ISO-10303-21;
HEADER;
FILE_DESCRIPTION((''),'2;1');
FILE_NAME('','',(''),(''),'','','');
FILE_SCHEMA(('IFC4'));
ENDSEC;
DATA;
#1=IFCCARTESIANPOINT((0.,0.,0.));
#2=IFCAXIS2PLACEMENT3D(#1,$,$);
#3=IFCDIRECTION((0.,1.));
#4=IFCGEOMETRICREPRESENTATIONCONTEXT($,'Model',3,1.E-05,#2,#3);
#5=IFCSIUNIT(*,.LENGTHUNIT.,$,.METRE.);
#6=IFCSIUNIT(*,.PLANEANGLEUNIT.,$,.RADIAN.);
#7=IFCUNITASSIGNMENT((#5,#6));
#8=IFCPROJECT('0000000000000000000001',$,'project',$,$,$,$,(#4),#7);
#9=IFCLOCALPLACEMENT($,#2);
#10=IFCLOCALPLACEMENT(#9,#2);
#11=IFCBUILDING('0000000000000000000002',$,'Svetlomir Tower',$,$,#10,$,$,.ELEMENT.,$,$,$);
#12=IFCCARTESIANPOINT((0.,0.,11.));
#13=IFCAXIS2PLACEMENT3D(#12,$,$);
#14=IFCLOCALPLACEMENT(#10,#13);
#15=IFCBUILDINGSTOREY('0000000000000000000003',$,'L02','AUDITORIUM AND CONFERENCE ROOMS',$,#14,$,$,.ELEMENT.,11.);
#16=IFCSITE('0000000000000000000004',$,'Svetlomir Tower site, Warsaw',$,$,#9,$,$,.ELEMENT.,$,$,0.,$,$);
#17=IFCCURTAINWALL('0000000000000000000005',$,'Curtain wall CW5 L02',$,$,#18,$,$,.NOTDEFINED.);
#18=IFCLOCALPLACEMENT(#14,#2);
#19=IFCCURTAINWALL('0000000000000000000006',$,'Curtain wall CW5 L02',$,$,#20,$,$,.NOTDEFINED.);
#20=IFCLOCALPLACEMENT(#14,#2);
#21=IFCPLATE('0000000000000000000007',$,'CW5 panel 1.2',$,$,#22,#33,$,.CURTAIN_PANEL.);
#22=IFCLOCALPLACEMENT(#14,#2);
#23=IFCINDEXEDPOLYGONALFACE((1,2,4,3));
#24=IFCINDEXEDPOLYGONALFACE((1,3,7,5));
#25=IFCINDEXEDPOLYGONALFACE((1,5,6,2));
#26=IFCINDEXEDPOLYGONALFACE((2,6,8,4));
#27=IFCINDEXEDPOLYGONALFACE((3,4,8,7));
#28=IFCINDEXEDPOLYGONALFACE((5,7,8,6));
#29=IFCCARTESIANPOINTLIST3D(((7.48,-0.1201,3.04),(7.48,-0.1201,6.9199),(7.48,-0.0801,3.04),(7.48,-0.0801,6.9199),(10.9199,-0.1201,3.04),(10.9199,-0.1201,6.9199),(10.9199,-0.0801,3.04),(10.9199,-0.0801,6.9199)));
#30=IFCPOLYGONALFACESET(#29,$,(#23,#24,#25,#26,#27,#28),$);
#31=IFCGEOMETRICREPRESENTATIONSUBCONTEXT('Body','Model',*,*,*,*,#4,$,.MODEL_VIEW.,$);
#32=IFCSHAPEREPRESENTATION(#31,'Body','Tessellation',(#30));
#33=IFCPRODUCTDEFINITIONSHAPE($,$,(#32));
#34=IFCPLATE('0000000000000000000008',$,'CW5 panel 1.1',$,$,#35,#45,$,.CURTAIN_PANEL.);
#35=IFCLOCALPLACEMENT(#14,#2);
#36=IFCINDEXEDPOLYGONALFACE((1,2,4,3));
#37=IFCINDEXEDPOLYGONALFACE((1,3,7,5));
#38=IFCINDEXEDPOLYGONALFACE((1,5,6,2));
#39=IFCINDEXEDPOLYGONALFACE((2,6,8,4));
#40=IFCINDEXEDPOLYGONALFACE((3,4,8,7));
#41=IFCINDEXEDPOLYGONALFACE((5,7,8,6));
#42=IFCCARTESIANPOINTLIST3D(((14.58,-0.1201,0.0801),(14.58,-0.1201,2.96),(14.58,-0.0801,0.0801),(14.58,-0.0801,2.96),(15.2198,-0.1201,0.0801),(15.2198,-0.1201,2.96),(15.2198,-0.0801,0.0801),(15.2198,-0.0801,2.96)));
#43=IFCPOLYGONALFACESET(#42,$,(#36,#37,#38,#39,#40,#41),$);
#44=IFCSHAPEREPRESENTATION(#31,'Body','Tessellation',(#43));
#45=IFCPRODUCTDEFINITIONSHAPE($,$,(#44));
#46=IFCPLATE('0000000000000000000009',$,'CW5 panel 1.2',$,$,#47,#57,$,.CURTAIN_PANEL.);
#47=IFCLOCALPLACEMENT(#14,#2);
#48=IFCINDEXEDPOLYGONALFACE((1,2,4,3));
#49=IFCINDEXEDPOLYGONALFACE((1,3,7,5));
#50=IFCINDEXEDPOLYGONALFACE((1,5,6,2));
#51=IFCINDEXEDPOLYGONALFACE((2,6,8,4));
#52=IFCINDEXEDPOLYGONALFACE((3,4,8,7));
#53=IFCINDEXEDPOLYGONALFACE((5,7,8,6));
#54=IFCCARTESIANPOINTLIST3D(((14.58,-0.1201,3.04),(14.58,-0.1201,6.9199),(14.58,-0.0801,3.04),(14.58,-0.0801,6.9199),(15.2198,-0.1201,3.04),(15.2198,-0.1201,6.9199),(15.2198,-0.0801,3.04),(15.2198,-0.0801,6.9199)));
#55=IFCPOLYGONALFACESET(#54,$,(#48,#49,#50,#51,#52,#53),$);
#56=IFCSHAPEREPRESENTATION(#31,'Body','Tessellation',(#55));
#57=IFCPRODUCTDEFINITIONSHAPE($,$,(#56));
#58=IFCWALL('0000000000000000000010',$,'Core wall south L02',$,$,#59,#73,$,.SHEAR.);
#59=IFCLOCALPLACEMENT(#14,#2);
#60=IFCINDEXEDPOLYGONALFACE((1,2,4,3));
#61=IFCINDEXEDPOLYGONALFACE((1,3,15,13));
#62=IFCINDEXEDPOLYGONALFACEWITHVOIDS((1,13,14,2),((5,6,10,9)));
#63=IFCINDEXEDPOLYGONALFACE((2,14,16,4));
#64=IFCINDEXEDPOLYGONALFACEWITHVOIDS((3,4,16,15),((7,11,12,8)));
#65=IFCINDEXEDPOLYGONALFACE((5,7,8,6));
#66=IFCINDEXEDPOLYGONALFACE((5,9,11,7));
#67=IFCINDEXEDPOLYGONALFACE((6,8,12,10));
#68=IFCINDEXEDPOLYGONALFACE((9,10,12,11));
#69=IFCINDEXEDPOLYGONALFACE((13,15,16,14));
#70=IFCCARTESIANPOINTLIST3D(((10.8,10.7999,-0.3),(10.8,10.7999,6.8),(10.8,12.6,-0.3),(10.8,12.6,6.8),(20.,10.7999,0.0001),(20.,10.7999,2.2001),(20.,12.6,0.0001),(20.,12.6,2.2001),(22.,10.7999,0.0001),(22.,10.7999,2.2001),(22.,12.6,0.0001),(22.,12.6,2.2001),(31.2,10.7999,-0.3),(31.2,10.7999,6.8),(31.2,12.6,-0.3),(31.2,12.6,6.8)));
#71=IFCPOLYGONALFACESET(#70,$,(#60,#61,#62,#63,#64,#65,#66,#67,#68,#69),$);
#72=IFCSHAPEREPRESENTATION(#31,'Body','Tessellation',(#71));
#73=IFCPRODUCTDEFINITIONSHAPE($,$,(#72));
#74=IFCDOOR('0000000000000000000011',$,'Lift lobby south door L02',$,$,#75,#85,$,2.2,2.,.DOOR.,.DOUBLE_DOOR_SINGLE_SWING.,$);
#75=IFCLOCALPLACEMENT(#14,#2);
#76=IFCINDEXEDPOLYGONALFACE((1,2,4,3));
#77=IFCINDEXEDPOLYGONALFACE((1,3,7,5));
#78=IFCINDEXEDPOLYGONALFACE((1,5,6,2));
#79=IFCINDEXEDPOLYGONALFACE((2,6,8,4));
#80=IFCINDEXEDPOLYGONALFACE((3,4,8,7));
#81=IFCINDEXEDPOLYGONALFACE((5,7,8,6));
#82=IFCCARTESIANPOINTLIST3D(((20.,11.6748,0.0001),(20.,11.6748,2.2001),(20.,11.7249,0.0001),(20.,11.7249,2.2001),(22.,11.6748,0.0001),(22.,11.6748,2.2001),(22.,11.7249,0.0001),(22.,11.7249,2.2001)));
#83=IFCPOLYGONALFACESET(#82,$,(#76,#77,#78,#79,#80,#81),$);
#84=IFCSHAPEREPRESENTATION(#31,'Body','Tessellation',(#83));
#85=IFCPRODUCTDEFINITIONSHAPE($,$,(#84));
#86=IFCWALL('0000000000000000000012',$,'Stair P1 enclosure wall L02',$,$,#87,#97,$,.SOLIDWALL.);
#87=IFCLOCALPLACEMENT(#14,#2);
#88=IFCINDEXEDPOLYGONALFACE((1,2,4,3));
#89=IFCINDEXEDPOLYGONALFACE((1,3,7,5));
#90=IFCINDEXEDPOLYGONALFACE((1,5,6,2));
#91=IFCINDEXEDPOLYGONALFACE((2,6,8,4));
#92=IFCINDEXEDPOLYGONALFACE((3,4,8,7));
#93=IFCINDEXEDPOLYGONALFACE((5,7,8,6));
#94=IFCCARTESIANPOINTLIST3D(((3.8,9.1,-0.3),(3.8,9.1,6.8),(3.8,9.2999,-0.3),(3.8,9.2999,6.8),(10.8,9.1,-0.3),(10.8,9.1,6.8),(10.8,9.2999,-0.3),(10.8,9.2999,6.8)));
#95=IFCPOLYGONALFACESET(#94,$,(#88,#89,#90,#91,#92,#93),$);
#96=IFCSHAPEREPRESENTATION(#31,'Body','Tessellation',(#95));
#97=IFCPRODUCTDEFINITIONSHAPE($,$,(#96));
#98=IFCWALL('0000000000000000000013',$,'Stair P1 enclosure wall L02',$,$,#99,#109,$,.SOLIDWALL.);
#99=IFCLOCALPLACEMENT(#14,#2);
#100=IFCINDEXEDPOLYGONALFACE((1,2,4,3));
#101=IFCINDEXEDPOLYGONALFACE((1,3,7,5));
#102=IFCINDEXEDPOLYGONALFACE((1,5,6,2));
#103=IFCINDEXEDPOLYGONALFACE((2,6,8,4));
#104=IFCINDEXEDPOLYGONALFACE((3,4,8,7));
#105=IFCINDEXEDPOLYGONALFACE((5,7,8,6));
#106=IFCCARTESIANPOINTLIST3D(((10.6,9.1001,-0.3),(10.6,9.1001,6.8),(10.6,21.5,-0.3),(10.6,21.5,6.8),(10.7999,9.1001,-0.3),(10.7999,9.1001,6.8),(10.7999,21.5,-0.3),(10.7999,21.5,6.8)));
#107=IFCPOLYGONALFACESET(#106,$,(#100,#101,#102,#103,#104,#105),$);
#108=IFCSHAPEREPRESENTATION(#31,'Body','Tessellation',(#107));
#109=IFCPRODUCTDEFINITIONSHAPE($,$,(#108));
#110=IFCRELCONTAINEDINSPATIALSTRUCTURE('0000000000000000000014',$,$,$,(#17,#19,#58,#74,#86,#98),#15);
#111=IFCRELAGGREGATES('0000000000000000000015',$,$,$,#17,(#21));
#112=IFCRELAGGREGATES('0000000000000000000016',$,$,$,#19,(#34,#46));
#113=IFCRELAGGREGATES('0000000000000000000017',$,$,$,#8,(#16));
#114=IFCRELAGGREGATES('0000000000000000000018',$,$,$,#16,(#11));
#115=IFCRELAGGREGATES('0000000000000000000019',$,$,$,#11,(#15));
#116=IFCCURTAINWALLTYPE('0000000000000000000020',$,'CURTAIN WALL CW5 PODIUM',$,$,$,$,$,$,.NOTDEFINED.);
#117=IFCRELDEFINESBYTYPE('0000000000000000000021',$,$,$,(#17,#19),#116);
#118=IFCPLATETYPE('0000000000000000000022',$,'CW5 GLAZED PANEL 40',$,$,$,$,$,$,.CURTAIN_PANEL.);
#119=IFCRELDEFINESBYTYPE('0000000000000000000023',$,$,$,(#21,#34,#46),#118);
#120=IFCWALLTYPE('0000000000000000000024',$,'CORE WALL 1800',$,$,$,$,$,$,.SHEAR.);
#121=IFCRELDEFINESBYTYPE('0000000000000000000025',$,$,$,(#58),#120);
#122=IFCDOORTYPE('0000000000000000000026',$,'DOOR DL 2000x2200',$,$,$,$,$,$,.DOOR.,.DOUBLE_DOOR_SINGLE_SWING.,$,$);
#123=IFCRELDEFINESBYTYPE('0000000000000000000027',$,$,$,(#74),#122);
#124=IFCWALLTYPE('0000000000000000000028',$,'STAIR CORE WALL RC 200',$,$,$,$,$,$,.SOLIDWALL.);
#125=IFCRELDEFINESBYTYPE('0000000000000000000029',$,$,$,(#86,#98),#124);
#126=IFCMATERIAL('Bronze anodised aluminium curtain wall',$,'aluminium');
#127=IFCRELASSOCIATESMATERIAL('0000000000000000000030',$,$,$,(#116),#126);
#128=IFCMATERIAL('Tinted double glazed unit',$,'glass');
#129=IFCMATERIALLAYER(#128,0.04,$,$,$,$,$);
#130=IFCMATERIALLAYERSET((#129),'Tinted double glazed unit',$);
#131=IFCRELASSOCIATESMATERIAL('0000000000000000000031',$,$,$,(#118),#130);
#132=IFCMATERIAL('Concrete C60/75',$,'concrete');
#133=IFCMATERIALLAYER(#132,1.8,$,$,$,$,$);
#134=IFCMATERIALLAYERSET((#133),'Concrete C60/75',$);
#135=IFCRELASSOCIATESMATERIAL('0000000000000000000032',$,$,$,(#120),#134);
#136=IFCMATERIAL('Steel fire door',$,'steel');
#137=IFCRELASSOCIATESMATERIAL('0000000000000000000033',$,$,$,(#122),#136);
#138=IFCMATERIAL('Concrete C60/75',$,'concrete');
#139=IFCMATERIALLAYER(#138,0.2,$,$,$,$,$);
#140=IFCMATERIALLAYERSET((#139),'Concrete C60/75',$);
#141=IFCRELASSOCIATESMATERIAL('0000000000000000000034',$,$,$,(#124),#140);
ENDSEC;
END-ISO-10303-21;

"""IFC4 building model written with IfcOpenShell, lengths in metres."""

from ifc_helpers import new_model, si_unit, direction, frame, frame_2d, origin, origin_2d, place, context, subcontext, project, spatial, rectangle, extrude, material, layer, layer_set, type_object, element, fill, aggregate, save


model = new_model("IFC4")

# Units and contexts
model_context = context("Model", 3, precision=1e-05, world=origin(), true_north=direction((0.0, 1.0)))
body_context = subcontext(model_context, "Body", "Model", "MODEL_VIEW")
ifc_project = project(units=[si_unit("LENGTHUNIT", "METRE"), si_unit("PLANEANGLEUNIT", "RADIAN")], contexts=[model_context])

# Site, building, storey
site_placement = place(None, origin())
site = spatial("IfcSite", under=ifc_project, at=site_placement, Name="Svetlomir Tower site, Warsaw", CompositionType="ELEMENT", RefElevation=0.0)
building_placement = place(site_placement, origin())
building = spatial("IfcBuilding", under=site, at=building_placement, Name="Svetlomir Tower", CompositionType="ELEMENT")
storey_placement = place(building_placement, frame((0.0, 0.0, 11.0)))
storey = spatial("IfcBuildingStorey", under=building, at=storey_placement, Name="L02", Description="AUDITORIUM AND CONFERENCE ROOMS", CompositionType="ELEMENT", Elevation=11.0)

# Shared definitions
ifc_material_1 = material(Name="Bronze anodised aluminium curtain wall", Category="aluminium")
curtain_wall_type = type_object("IfcCurtainWallType", Name="CURTAIN WALL CW5 PODIUM", PredefinedType="NOTDEFINED", material=ifc_material_1)

# Curtain walls
curtain_wall_1_placement = place(storey_placement, origin())
curtain_wall_1 = element("IfcCurtainWall", 1, at=curtain_wall_1_placement, inside=storey, type_object=curtain_wall_type, Name="Curtain wall CW5 L02", PredefinedType="NOTDEFINED")
curtain_wall_2_placement = place(storey_placement, origin())
curtain_wall_2 = element("IfcCurtainWall", 2, at=curtain_wall_2_placement, inside=storey, type_object=curtain_wall_type, Name="Curtain wall CW5 L02", PredefinedType="NOTDEFINED")

# Plates
ifc_material_2 = material(Name="Tinted double glazed unit", Category="glass")
ifc_layer_1 = layer(ifc_material_2, 0.04)
ifc_layer_set_1 = layer_set([ifc_layer_1], Name="Tinted double glazed unit")
plate_type = type_object("IfcPlateType", Name="CW5 GLAZED PANEL 40", PredefinedType="CURTAIN_PANEL", material=ifc_layer_set_1)
plate_1_placement = place(storey_placement, frame((9.2, -0.1001, 3.04), z_axis=(0.0, 0.0, 1.0), x_axis=(1.0, 0.0, 0.0)))
plate_1 = element("IfcPlate", 3, at=plate_1_placement, type_object=plate_type, Name="CW5 panel 1.2", PredefinedType="CURTAIN_PANEL", context=body_context, shape_type="SweptSolid", body=[
    extrude(rectangle(XDim=3.4399, YDim=0.04, at=origin_2d()), origin(), (0.0, 0.0, 1.0), 3.8799),
])
aggregate(curtain_wall_1, [plate_1])
plate_2_placement = place(storey_placement, frame((14.8999, -0.1001, 0.0801), z_axis=(0.0, 0.0, 1.0), x_axis=(1.0, 0.0, 0.0)))
plate_2 = element("IfcPlate", 4, at=plate_2_placement, type_object=plate_type, Name="CW5 panel 1.1", PredefinedType="CURTAIN_PANEL", context=body_context, shape_type="SweptSolid", body=[
    extrude(rectangle(XDim=0.6399, YDim=0.04, at=origin_2d()), origin(), (0.0, 0.0, 1.0), 2.8799),
])
plate_3_placement = place(storey_placement, frame((14.8999, -0.1001, 3.04), z_axis=(0.0, 0.0, 1.0), x_axis=(1.0, 0.0, 0.0)))
plate_3 = element("IfcPlate", 5, at=plate_3_placement, type_object=plate_type, Name="CW5 panel 1.2", PredefinedType="CURTAIN_PANEL", context=body_context, shape_type="SweptSolid", body=[
    extrude(rectangle(XDim=0.6399, YDim=0.04, at=origin_2d()), origin(), (0.0, 0.0, 1.0), 3.8799),
])
aggregate(curtain_wall_2, [plate_2, plate_3])

# Wall, opening, door
ifc_material_3 = material(Name="Concrete C60/75", Category="concrete")
ifc_layer_2 = layer(ifc_material_3, 1.8)
ifc_layer_set_2 = layer_set([ifc_layer_2], Name="Concrete C60/75")
wall_type_1 = type_object("IfcWallType", Name="CORE WALL 1800", PredefinedType="SHEAR", material=ifc_layer_set_2)
wall_1_placement = place(storey_placement, frame((10.8, 11.7, -0.3), z_axis=(0.0, 0.0, 1.0), x_axis=(1.0, 0.0, 0.0)))
wall_1 = element("IfcWall", 6, at=wall_1_placement, inside=storey, type_object=wall_type_1, Name="Core wall south L02", PredefinedType="SHEAR", context=body_context, shape_type="SweptSolid", body=[
    extrude(rectangle(XDim=20.3999, YDim=1.8, at=frame_2d((10.2, 0.0))), origin(), (0.0, 0.0, 1.0), 7.1001),
])
opening_placement = place(wall_1_placement, frame((9.2, 0.0, 0.3)))
opening = element("IfcOpeningElement", 7, at=opening_placement, cuts=wall_1, PredefinedType="OPENING", context=body_context, shape_type="SweptSolid", body=[
    extrude(rectangle(XDim=2.0, YDim=2.2, at=frame_2d((1.0, 1.1001))), frame((0.0, 0.9102, 0.0), z_axis=(0.0, -1.0, 0.0), x_axis=(1.0, 0.0, 0.0)), (0.0, 0.0, 1.0), 1.8201),
])
ifc_material_4 = material(Name="Steel fire door", Category="steel")
door_type = type_object("IfcDoorType", Name="DOOR DL 2000x2200", OperationType="DOUBLE_DOOR_SINGLE_SWING", PredefinedType="DOOR", material=ifc_material_4)
door_placement = place(opening_placement, origin())
door = element("IfcDoor", 8, at=door_placement, inside=storey, type_object=door_type, Name="Lift lobby south door L02", OperationType="DOUBLE_DOOR_SINGLE_SWING", OverallHeight=2.2, OverallWidth=2.0, PredefinedType="DOOR", context=body_context, shape_type="SweptSolid", body=[
    extrude(rectangle(XDim=2.0, YDim=2.2, at=frame_2d((1.0, 1.1001))), frame((0.0, 0.0249, 0.0), z_axis=(0.0, -1.0, 0.0), x_axis=(1.0, 0.0, 0.0)), (0.0, 0.0, 1.0), 0.05),
])
fill(opening, door)

# Walls
ifc_material_5 = material(Name="Concrete C60/75", Category="concrete")
ifc_layer_3 = layer(ifc_material_5, 0.2)
ifc_layer_set_3 = layer_set([ifc_layer_3], Name="Concrete C60/75")
wall_type_2 = type_object("IfcWallType", Name="STAIR CORE WALL RC 200", PredefinedType="SOLIDWALL", material=ifc_layer_set_3)
wall_2_placement = place(storey_placement, frame((3.8, 9.2, -0.3), z_axis=(0.0, 0.0, 1.0), x_axis=(1.0, 0.0, 0.0)))
element("IfcWall", 9, at=wall_2_placement, inside=storey, type_object=wall_type_2, Name="Stair P1 enclosure wall L02", PredefinedType="SOLIDWALL", context=body_context, shape_type="SweptSolid", body=[
    extrude(rectangle(XDim=7.0, YDim=0.2, at=frame_2d((3.5, 0.0))), origin(), (0.0, 0.0, 1.0), 7.1001),
])
wall_3_placement = place(storey_placement, frame((10.7, 9.1001, -0.3), z_axis=(0.0, 0.0, 1.0), x_axis=(0.0, 1.0, 0.0)))
element("IfcWall", 10, at=wall_3_placement, inside=storey, type_object=wall_type_2, Name="Stair P1 enclosure wall L02", PredefinedType="SOLIDWALL", context=body_context, shape_type="SweptSolid", body=[
    extrude(rectangle(XDim=12.3999, YDim=0.2, at=frame_2d((6.2, 0.0))), origin(), (0.0, 0.0, 1.0), 7.1001),
])

save(model, "model.ifc")
